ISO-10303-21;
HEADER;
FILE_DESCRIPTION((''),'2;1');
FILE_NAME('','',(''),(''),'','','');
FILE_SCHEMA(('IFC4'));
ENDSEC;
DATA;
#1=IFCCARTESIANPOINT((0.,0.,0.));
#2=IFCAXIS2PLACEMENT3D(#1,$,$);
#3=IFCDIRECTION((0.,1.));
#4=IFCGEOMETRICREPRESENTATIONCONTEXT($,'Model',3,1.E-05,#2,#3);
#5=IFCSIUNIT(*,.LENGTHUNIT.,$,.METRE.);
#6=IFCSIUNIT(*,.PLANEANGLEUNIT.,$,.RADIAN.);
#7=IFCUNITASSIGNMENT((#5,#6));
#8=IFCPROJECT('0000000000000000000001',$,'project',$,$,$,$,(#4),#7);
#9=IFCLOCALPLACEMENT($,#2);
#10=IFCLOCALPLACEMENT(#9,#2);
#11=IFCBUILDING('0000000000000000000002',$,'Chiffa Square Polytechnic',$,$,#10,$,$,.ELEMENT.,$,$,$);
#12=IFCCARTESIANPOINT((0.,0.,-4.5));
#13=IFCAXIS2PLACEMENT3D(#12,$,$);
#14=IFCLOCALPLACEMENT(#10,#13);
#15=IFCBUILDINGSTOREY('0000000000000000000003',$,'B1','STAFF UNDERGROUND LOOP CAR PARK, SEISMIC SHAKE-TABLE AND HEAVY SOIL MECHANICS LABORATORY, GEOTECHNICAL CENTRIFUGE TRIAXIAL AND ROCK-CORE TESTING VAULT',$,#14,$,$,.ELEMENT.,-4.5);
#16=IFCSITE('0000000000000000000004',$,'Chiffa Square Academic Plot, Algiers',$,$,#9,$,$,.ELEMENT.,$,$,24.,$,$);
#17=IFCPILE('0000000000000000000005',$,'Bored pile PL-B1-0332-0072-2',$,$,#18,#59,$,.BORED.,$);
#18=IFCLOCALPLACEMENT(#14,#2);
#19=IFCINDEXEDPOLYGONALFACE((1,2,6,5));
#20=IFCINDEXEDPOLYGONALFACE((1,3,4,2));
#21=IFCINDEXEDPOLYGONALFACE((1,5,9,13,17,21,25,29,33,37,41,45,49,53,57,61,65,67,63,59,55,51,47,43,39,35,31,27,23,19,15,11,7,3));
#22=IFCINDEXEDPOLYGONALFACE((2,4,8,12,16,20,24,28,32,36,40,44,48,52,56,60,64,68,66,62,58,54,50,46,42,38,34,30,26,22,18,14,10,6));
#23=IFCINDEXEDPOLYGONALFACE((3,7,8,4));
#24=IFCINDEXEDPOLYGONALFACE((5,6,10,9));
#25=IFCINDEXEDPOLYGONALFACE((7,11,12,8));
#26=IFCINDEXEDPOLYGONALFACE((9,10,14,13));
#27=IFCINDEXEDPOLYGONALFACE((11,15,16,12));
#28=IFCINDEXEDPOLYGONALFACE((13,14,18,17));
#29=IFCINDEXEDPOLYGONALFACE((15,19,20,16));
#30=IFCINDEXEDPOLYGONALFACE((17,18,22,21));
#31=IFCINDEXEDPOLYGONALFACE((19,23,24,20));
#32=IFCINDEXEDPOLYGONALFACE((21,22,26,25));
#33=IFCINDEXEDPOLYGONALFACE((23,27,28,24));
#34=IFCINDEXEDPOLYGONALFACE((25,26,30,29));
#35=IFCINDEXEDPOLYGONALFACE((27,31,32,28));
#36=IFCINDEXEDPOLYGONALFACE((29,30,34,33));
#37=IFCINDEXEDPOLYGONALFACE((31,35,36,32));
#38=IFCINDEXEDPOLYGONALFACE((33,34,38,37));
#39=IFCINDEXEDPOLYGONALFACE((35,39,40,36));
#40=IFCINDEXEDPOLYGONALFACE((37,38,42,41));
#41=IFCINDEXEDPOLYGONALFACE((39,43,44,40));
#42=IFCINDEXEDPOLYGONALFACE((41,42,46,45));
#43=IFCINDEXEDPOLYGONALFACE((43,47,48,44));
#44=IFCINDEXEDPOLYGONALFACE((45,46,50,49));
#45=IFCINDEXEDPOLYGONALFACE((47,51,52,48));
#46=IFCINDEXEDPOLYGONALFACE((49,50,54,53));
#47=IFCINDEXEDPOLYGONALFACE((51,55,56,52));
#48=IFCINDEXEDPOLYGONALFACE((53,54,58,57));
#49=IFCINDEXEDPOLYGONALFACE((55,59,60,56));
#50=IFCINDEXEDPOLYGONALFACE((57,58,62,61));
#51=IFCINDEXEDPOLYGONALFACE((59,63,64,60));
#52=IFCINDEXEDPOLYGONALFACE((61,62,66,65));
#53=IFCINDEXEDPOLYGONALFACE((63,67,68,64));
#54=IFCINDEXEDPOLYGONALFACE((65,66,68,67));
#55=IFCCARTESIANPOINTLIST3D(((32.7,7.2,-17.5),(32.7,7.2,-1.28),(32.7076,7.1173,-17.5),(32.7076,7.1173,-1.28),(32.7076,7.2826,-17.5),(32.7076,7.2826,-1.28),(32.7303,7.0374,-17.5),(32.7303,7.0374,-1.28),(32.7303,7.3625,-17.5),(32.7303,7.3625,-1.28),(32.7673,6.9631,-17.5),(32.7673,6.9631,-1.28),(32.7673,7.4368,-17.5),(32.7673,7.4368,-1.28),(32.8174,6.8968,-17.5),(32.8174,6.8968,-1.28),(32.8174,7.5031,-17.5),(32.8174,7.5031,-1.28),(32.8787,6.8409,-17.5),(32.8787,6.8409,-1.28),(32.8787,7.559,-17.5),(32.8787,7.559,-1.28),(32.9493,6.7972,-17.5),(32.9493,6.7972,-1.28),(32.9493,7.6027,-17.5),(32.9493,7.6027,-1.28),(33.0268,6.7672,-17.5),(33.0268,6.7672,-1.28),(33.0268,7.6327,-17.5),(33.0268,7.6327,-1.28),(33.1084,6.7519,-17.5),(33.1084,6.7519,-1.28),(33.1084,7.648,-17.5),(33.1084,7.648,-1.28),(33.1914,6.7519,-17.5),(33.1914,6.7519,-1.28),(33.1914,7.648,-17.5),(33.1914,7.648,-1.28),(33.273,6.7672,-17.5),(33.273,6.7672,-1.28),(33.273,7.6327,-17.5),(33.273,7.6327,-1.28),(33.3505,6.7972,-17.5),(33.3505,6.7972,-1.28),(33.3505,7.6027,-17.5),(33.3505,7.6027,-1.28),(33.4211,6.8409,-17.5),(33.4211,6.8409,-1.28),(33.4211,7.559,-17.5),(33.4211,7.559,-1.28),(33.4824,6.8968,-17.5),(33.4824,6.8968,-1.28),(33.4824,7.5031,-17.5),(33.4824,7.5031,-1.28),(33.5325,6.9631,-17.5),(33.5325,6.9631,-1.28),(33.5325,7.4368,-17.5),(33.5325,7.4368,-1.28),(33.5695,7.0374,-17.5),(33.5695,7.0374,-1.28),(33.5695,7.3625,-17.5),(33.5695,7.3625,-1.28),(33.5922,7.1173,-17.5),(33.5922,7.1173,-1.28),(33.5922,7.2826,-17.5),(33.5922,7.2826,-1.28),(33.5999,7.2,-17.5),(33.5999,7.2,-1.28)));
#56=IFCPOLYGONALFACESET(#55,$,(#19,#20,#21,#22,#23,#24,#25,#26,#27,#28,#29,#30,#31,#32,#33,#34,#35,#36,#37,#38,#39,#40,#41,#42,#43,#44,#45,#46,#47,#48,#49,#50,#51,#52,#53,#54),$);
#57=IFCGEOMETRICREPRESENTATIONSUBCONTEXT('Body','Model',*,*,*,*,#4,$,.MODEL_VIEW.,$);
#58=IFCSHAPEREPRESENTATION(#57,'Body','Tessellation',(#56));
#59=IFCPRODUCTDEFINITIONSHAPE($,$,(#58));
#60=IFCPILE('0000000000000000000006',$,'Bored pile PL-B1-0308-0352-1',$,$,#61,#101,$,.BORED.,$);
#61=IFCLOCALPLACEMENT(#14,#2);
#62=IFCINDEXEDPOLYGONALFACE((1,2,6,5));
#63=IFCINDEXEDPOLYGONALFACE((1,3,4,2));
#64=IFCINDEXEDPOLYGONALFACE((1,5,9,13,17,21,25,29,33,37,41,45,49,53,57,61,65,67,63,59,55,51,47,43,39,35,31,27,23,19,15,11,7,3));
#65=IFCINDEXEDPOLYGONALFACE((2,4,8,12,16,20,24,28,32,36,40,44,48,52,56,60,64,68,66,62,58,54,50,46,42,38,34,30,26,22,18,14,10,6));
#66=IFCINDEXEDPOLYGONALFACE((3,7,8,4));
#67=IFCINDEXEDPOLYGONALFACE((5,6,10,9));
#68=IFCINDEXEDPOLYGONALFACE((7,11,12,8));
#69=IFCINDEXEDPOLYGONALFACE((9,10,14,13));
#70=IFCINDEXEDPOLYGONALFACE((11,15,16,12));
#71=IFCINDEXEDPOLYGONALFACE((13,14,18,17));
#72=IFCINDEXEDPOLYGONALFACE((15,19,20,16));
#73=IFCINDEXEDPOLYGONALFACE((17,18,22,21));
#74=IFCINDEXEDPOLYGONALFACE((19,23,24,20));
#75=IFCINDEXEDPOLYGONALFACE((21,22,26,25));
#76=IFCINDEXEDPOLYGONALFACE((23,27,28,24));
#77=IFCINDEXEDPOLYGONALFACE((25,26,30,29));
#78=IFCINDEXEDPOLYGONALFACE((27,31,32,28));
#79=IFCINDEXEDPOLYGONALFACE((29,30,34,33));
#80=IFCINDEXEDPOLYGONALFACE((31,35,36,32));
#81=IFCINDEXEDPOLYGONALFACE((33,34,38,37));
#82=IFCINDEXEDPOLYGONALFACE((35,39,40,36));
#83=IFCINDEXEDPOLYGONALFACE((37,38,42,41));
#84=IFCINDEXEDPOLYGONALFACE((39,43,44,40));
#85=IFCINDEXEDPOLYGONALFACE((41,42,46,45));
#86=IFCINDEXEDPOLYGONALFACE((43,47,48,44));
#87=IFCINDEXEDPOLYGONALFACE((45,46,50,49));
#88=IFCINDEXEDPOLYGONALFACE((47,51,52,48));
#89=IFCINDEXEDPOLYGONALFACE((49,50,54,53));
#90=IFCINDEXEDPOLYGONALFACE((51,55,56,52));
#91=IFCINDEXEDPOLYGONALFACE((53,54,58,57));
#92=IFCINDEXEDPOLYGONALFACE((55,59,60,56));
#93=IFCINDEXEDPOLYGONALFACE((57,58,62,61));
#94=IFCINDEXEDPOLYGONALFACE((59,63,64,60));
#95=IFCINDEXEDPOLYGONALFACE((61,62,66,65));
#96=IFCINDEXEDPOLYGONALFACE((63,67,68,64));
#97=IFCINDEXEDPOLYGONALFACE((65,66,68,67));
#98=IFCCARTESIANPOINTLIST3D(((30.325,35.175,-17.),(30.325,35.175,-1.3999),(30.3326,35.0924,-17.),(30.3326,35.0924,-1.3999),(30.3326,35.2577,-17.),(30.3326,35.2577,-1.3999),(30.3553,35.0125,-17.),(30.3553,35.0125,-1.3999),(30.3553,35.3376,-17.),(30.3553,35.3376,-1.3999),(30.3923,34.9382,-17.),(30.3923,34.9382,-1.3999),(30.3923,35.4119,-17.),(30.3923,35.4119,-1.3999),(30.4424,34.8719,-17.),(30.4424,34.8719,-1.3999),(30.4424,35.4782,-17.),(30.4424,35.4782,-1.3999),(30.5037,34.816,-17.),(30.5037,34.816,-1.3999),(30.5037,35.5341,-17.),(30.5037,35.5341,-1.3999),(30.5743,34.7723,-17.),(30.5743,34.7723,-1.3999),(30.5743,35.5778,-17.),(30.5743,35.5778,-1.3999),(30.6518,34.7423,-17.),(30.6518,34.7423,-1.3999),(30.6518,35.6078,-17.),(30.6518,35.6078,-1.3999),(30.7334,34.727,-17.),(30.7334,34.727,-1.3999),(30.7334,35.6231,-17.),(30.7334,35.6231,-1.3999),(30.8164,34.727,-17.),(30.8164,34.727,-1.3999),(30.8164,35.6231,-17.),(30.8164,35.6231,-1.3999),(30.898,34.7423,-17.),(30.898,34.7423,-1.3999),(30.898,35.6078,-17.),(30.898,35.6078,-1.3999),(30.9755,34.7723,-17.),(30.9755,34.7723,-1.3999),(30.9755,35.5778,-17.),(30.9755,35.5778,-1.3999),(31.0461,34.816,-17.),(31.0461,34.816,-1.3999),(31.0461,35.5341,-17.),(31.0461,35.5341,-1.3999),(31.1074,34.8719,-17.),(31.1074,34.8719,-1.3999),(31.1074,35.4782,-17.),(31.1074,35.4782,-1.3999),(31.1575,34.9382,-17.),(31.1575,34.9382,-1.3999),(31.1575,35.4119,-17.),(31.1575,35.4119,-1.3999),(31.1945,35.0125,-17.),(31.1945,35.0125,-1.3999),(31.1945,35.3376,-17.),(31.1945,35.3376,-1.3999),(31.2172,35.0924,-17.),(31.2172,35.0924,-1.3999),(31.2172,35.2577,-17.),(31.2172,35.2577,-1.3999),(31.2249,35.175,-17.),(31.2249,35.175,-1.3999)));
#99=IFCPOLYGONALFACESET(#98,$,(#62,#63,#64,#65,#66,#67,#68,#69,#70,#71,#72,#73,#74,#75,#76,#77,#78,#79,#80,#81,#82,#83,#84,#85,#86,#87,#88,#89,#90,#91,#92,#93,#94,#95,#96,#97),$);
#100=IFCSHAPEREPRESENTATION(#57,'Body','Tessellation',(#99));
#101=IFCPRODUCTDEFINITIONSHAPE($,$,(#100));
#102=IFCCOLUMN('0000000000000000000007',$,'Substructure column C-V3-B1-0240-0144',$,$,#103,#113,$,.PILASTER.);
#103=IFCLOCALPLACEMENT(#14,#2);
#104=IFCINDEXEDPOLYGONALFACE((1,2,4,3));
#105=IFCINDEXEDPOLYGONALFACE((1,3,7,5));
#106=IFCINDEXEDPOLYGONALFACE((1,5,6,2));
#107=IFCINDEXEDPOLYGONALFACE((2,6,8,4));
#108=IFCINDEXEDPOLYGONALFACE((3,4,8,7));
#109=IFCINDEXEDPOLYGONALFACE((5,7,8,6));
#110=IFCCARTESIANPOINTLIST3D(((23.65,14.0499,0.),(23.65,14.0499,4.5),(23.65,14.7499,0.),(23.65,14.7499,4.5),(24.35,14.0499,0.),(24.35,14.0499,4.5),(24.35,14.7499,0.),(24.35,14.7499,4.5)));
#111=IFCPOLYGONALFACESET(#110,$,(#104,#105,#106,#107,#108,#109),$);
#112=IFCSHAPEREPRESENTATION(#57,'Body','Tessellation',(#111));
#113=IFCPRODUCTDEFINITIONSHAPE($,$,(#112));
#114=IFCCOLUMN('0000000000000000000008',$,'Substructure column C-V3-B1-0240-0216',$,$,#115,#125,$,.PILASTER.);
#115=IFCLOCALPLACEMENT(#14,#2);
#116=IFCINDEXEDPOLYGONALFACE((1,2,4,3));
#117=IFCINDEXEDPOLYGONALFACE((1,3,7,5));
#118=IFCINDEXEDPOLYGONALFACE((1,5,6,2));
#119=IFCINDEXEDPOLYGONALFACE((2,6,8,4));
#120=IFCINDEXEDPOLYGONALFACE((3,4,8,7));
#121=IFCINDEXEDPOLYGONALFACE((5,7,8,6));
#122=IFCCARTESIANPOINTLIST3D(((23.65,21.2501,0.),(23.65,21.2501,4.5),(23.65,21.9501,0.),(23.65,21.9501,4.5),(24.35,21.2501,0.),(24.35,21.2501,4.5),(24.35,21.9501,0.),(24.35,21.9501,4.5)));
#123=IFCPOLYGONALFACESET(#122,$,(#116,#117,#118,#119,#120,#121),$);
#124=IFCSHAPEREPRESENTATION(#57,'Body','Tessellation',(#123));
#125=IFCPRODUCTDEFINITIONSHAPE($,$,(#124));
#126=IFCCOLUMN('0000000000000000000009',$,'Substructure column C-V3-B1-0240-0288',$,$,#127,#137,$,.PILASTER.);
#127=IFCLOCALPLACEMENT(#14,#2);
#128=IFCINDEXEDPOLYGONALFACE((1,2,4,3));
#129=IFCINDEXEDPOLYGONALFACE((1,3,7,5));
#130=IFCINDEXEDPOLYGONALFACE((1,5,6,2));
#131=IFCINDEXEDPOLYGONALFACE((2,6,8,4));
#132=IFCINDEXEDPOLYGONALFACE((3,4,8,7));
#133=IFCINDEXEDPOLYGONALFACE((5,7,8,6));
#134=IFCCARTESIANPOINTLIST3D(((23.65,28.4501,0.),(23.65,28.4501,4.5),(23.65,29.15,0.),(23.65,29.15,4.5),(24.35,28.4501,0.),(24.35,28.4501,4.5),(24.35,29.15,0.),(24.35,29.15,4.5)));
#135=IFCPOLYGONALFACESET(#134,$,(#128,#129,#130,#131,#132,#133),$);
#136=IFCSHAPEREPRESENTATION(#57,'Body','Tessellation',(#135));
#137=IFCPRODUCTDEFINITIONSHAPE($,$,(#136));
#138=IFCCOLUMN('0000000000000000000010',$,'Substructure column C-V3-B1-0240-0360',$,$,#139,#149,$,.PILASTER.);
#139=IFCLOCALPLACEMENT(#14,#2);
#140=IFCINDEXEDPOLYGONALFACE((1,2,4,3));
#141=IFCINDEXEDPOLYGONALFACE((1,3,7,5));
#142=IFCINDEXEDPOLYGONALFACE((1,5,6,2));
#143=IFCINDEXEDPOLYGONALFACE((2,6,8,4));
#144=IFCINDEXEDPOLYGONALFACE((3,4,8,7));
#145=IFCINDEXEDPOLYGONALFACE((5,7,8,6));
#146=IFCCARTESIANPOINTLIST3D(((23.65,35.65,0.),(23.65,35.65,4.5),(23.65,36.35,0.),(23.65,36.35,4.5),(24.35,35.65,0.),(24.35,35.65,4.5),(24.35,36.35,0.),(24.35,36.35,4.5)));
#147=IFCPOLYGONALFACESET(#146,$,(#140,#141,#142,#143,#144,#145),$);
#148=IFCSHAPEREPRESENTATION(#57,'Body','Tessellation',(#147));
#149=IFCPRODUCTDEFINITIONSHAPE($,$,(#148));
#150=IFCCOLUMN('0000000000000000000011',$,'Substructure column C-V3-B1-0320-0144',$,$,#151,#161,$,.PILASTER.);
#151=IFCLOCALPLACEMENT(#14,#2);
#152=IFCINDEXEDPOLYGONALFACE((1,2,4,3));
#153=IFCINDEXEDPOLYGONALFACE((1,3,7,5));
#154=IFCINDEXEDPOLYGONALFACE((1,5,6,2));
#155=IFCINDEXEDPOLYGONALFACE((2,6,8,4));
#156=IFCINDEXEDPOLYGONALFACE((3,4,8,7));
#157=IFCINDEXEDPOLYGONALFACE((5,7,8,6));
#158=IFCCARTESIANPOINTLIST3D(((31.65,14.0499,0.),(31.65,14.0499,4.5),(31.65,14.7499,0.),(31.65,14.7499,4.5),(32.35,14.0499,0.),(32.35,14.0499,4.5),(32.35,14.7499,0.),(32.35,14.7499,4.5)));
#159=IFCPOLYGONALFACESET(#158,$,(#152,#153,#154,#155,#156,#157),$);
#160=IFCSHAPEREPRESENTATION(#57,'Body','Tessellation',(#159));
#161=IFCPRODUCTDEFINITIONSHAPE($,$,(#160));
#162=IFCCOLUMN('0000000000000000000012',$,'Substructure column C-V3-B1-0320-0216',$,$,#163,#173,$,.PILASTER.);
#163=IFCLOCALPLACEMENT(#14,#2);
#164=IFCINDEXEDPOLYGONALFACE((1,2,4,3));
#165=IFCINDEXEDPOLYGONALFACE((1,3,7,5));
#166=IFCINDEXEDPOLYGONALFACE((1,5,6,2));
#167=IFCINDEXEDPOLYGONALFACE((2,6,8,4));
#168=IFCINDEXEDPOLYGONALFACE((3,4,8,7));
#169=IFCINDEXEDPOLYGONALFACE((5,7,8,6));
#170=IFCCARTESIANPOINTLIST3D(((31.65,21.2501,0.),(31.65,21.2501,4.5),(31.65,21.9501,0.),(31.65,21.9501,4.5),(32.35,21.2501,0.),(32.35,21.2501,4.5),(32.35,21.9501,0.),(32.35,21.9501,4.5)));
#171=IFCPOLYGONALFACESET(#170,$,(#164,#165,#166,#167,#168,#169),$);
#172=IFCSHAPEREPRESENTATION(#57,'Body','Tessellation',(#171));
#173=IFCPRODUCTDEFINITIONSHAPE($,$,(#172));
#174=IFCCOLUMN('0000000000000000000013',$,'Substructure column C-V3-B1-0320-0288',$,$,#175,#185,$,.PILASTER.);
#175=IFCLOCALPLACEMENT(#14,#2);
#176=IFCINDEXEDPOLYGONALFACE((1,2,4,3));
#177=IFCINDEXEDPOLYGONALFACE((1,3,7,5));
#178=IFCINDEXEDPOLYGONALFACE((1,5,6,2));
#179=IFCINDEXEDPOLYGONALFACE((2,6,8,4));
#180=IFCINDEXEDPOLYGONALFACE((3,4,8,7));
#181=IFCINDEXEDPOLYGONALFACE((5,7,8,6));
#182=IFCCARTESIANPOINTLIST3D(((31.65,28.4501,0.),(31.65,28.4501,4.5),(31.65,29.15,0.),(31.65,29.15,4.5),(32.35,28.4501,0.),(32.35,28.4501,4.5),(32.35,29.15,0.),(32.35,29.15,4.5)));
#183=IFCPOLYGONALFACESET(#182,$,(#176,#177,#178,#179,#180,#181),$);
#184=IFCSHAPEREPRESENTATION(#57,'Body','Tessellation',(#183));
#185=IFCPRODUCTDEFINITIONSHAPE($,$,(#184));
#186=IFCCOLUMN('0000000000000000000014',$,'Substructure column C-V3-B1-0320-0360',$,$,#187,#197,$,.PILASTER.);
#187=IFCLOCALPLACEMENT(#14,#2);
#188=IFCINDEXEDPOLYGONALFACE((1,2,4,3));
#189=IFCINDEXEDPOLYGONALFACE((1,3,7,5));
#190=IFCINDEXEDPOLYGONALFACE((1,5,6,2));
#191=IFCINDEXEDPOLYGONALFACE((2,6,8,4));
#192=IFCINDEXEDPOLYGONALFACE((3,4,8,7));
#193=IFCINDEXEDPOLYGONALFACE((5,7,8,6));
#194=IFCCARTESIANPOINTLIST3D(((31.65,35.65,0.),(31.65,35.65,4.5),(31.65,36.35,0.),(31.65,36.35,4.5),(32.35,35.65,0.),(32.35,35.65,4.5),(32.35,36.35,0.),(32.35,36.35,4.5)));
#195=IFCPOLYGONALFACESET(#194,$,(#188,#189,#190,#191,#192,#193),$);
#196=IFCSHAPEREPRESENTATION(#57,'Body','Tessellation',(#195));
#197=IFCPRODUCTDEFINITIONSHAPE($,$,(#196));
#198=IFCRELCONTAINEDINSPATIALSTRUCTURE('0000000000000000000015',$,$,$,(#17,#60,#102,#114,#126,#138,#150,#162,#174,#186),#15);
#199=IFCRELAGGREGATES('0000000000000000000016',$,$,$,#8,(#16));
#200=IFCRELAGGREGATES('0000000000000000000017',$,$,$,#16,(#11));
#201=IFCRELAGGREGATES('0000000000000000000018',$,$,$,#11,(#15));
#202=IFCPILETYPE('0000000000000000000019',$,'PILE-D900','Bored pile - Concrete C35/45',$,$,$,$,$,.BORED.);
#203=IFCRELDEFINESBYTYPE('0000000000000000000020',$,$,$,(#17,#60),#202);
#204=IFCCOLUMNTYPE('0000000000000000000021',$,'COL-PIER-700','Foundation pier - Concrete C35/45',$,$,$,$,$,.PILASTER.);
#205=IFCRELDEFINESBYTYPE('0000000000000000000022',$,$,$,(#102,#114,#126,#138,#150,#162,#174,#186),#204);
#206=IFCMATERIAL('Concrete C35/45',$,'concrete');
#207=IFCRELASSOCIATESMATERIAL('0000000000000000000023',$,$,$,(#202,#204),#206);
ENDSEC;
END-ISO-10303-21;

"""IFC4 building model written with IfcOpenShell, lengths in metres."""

from ifc_helpers import new_model, si_unit, direction, frame, origin, origin_2d, place, context, subcontext, project, spatial, rectangle, circle, extrude, material, material_profile, profile_set, type_object, element, save


model = new_model("IFC4")

# Units and contexts
model_context = context("Model", 3, precision=1e-05, world=origin(), true_north=direction((0.0, 1.0)))
body_context = subcontext(model_context, "Body", "Model", "MODEL_VIEW")
ifc_project = project(units=[si_unit("LENGTHUNIT", "METRE"), si_unit("PLANEANGLEUNIT", "RADIAN")], contexts=[model_context])

# Site, building, storey
site_placement = place(None, origin())
site = spatial("IfcSite", under=ifc_project, at=site_placement, Name="Chiffa Square Academic Plot, Algiers", CompositionType="ELEMENT", RefElevation=24.0)
building_placement = place(site_placement, origin())
building = spatial("IfcBuilding", under=site, at=building_placement, Name="Chiffa Square Polytechnic", CompositionType="ELEMENT")
storey_placement = place(building_placement, frame((0.0, 0.0, -4.5)))
storey = spatial("IfcBuildingStorey", under=building, at=storey_placement, Name="B1", Description="STAFF UNDERGROUND LOOP CAR PARK, SEISMIC SHAKE-TABLE AND HEAVY SOIL MECHANICS LABORATORY, GEOTECHNICAL CENTRIFUGE TRIAXIAL AND ROCK-CORE TESTING VAULT", CompositionType="ELEMENT", Elevation=-4.5)

# Shared definitions
ifc_material = material(Name="Concrete C35/45", Category="concrete")

# Piles
ifc_material_profile_1 = material_profile(ifc_material, circle(Radius=0.45, at=origin_2d()), Name="PILE D900")
ifc_profile_set_1 = profile_set([ifc_material_profile_1], Name="Concrete C35/45")
pile_type_1 = type_object("IfcPileType", Name="PILE-D900", Description="Bored pile - Concrete C35/45", PredefinedType="BORED", material=ifc_profile_set_1)
pile_1_placement = place(storey_placement, frame((33.1499, 7.2, -1.28), z_axis=(0.0, 0.0, -1.0), x_axis=(1.0, 0.0, 0.0)))
element("IfcPile", 1, at=pile_1_placement, inside=storey, type_object=pile_type_1, Name="Bored pile PL-B1-0332-0072-2", PredefinedType="BORED", context=body_context, shape_type="SweptSolid", body=[
    extrude(circle(Radius=0.45, at=origin_2d()), origin(), (0.0, 0.0, 1.0), 16.22),
])
pile_2_placement = place(storey_placement, frame((30.7749, 35.175, -1.3999), z_axis=(0.0, 0.0, -1.0), x_axis=(1.0, 0.0, 0.0)))
element("IfcPile", 2, at=pile_2_placement, inside=storey, type_object=pile_type_1, Name="Bored pile PL-B1-0308-0352-1", PredefinedType="BORED", context=body_context, shape_type="SweptSolid", body=[
    extrude(circle(Radius=0.45, at=origin_2d()), origin(), (0.0, 0.0, 1.0), 15.6001),
])

# Columns
ifc_material_profile_2 = material_profile(ifc_material, rectangle(XDim=0.7, YDim=0.7, at=origin_2d()), Name="RC 700x700")
ifc_profile_set_2 = profile_set([ifc_material_profile_2], Name="Concrete C35/45")
column_type = type_object("IfcColumnType", Name="COL-PIER-700", Description="Foundation pier - Concrete C35/45", PredefinedType="PILASTER", material=ifc_profile_set_2)
for number, where, z_axis, x_axis, name in (
    (3, (24.0, 14.3999, 0.0), (0.0, 0.0, 1.0), (1.0, 0.0, 0.0), "Substructure column C-V3-B1-0240-0144"),
    (4, (24.0, 21.6001, 0.0), (0.0, 0.0, 1.0), (1.0, 0.0, 0.0), "Substructure column C-V3-B1-0240-0216"),
    (5, (24.0, 28.8, 0.0), (0.0, 0.0, 1.0), (1.0, 0.0, 0.0), "Substructure column C-V3-B1-0240-0288"),
    (6, (24.0, 36.0, 0.0), (0.0, 0.0, 1.0), (1.0, 0.0, 0.0), "Substructure column C-V3-B1-0240-0360"),
    (7, (32.0, 14.3999, 0.0), (0.0, 0.0, 1.0), (1.0, 0.0, 0.0), "Substructure column C-V3-B1-0320-0144"),
    (8, (32.0, 21.6001, 0.0), (0.0, 0.0, 1.0), (1.0, 0.0, 0.0), "Substructure column C-V3-B1-0320-0216"),
    (9, (32.0, 28.8, 0.0), (0.0, 0.0, 1.0), (1.0, 0.0, 0.0), "Substructure column C-V3-B1-0320-0288"),
    (10, (32.0, 36.0, 0.0), (0.0, 0.0, 1.0), (1.0, 0.0, 0.0), "Substructure column C-V3-B1-0320-0360"),
):
    element("IfcColumn", number, at=place(storey_placement, frame(where, z_axis=z_axis, x_axis=x_axis)), inside=storey, type_object=column_type, Name=name, PredefinedType="PILASTER", context=body_context, shape_type="SweptSolid", body=[
        extrude(rectangle(XDim=0.7, YDim=0.7, at=origin_2d()), origin(), (0.0, 0.0, 1.0), 4.5),
    ])

save(model, "model.ifc")
